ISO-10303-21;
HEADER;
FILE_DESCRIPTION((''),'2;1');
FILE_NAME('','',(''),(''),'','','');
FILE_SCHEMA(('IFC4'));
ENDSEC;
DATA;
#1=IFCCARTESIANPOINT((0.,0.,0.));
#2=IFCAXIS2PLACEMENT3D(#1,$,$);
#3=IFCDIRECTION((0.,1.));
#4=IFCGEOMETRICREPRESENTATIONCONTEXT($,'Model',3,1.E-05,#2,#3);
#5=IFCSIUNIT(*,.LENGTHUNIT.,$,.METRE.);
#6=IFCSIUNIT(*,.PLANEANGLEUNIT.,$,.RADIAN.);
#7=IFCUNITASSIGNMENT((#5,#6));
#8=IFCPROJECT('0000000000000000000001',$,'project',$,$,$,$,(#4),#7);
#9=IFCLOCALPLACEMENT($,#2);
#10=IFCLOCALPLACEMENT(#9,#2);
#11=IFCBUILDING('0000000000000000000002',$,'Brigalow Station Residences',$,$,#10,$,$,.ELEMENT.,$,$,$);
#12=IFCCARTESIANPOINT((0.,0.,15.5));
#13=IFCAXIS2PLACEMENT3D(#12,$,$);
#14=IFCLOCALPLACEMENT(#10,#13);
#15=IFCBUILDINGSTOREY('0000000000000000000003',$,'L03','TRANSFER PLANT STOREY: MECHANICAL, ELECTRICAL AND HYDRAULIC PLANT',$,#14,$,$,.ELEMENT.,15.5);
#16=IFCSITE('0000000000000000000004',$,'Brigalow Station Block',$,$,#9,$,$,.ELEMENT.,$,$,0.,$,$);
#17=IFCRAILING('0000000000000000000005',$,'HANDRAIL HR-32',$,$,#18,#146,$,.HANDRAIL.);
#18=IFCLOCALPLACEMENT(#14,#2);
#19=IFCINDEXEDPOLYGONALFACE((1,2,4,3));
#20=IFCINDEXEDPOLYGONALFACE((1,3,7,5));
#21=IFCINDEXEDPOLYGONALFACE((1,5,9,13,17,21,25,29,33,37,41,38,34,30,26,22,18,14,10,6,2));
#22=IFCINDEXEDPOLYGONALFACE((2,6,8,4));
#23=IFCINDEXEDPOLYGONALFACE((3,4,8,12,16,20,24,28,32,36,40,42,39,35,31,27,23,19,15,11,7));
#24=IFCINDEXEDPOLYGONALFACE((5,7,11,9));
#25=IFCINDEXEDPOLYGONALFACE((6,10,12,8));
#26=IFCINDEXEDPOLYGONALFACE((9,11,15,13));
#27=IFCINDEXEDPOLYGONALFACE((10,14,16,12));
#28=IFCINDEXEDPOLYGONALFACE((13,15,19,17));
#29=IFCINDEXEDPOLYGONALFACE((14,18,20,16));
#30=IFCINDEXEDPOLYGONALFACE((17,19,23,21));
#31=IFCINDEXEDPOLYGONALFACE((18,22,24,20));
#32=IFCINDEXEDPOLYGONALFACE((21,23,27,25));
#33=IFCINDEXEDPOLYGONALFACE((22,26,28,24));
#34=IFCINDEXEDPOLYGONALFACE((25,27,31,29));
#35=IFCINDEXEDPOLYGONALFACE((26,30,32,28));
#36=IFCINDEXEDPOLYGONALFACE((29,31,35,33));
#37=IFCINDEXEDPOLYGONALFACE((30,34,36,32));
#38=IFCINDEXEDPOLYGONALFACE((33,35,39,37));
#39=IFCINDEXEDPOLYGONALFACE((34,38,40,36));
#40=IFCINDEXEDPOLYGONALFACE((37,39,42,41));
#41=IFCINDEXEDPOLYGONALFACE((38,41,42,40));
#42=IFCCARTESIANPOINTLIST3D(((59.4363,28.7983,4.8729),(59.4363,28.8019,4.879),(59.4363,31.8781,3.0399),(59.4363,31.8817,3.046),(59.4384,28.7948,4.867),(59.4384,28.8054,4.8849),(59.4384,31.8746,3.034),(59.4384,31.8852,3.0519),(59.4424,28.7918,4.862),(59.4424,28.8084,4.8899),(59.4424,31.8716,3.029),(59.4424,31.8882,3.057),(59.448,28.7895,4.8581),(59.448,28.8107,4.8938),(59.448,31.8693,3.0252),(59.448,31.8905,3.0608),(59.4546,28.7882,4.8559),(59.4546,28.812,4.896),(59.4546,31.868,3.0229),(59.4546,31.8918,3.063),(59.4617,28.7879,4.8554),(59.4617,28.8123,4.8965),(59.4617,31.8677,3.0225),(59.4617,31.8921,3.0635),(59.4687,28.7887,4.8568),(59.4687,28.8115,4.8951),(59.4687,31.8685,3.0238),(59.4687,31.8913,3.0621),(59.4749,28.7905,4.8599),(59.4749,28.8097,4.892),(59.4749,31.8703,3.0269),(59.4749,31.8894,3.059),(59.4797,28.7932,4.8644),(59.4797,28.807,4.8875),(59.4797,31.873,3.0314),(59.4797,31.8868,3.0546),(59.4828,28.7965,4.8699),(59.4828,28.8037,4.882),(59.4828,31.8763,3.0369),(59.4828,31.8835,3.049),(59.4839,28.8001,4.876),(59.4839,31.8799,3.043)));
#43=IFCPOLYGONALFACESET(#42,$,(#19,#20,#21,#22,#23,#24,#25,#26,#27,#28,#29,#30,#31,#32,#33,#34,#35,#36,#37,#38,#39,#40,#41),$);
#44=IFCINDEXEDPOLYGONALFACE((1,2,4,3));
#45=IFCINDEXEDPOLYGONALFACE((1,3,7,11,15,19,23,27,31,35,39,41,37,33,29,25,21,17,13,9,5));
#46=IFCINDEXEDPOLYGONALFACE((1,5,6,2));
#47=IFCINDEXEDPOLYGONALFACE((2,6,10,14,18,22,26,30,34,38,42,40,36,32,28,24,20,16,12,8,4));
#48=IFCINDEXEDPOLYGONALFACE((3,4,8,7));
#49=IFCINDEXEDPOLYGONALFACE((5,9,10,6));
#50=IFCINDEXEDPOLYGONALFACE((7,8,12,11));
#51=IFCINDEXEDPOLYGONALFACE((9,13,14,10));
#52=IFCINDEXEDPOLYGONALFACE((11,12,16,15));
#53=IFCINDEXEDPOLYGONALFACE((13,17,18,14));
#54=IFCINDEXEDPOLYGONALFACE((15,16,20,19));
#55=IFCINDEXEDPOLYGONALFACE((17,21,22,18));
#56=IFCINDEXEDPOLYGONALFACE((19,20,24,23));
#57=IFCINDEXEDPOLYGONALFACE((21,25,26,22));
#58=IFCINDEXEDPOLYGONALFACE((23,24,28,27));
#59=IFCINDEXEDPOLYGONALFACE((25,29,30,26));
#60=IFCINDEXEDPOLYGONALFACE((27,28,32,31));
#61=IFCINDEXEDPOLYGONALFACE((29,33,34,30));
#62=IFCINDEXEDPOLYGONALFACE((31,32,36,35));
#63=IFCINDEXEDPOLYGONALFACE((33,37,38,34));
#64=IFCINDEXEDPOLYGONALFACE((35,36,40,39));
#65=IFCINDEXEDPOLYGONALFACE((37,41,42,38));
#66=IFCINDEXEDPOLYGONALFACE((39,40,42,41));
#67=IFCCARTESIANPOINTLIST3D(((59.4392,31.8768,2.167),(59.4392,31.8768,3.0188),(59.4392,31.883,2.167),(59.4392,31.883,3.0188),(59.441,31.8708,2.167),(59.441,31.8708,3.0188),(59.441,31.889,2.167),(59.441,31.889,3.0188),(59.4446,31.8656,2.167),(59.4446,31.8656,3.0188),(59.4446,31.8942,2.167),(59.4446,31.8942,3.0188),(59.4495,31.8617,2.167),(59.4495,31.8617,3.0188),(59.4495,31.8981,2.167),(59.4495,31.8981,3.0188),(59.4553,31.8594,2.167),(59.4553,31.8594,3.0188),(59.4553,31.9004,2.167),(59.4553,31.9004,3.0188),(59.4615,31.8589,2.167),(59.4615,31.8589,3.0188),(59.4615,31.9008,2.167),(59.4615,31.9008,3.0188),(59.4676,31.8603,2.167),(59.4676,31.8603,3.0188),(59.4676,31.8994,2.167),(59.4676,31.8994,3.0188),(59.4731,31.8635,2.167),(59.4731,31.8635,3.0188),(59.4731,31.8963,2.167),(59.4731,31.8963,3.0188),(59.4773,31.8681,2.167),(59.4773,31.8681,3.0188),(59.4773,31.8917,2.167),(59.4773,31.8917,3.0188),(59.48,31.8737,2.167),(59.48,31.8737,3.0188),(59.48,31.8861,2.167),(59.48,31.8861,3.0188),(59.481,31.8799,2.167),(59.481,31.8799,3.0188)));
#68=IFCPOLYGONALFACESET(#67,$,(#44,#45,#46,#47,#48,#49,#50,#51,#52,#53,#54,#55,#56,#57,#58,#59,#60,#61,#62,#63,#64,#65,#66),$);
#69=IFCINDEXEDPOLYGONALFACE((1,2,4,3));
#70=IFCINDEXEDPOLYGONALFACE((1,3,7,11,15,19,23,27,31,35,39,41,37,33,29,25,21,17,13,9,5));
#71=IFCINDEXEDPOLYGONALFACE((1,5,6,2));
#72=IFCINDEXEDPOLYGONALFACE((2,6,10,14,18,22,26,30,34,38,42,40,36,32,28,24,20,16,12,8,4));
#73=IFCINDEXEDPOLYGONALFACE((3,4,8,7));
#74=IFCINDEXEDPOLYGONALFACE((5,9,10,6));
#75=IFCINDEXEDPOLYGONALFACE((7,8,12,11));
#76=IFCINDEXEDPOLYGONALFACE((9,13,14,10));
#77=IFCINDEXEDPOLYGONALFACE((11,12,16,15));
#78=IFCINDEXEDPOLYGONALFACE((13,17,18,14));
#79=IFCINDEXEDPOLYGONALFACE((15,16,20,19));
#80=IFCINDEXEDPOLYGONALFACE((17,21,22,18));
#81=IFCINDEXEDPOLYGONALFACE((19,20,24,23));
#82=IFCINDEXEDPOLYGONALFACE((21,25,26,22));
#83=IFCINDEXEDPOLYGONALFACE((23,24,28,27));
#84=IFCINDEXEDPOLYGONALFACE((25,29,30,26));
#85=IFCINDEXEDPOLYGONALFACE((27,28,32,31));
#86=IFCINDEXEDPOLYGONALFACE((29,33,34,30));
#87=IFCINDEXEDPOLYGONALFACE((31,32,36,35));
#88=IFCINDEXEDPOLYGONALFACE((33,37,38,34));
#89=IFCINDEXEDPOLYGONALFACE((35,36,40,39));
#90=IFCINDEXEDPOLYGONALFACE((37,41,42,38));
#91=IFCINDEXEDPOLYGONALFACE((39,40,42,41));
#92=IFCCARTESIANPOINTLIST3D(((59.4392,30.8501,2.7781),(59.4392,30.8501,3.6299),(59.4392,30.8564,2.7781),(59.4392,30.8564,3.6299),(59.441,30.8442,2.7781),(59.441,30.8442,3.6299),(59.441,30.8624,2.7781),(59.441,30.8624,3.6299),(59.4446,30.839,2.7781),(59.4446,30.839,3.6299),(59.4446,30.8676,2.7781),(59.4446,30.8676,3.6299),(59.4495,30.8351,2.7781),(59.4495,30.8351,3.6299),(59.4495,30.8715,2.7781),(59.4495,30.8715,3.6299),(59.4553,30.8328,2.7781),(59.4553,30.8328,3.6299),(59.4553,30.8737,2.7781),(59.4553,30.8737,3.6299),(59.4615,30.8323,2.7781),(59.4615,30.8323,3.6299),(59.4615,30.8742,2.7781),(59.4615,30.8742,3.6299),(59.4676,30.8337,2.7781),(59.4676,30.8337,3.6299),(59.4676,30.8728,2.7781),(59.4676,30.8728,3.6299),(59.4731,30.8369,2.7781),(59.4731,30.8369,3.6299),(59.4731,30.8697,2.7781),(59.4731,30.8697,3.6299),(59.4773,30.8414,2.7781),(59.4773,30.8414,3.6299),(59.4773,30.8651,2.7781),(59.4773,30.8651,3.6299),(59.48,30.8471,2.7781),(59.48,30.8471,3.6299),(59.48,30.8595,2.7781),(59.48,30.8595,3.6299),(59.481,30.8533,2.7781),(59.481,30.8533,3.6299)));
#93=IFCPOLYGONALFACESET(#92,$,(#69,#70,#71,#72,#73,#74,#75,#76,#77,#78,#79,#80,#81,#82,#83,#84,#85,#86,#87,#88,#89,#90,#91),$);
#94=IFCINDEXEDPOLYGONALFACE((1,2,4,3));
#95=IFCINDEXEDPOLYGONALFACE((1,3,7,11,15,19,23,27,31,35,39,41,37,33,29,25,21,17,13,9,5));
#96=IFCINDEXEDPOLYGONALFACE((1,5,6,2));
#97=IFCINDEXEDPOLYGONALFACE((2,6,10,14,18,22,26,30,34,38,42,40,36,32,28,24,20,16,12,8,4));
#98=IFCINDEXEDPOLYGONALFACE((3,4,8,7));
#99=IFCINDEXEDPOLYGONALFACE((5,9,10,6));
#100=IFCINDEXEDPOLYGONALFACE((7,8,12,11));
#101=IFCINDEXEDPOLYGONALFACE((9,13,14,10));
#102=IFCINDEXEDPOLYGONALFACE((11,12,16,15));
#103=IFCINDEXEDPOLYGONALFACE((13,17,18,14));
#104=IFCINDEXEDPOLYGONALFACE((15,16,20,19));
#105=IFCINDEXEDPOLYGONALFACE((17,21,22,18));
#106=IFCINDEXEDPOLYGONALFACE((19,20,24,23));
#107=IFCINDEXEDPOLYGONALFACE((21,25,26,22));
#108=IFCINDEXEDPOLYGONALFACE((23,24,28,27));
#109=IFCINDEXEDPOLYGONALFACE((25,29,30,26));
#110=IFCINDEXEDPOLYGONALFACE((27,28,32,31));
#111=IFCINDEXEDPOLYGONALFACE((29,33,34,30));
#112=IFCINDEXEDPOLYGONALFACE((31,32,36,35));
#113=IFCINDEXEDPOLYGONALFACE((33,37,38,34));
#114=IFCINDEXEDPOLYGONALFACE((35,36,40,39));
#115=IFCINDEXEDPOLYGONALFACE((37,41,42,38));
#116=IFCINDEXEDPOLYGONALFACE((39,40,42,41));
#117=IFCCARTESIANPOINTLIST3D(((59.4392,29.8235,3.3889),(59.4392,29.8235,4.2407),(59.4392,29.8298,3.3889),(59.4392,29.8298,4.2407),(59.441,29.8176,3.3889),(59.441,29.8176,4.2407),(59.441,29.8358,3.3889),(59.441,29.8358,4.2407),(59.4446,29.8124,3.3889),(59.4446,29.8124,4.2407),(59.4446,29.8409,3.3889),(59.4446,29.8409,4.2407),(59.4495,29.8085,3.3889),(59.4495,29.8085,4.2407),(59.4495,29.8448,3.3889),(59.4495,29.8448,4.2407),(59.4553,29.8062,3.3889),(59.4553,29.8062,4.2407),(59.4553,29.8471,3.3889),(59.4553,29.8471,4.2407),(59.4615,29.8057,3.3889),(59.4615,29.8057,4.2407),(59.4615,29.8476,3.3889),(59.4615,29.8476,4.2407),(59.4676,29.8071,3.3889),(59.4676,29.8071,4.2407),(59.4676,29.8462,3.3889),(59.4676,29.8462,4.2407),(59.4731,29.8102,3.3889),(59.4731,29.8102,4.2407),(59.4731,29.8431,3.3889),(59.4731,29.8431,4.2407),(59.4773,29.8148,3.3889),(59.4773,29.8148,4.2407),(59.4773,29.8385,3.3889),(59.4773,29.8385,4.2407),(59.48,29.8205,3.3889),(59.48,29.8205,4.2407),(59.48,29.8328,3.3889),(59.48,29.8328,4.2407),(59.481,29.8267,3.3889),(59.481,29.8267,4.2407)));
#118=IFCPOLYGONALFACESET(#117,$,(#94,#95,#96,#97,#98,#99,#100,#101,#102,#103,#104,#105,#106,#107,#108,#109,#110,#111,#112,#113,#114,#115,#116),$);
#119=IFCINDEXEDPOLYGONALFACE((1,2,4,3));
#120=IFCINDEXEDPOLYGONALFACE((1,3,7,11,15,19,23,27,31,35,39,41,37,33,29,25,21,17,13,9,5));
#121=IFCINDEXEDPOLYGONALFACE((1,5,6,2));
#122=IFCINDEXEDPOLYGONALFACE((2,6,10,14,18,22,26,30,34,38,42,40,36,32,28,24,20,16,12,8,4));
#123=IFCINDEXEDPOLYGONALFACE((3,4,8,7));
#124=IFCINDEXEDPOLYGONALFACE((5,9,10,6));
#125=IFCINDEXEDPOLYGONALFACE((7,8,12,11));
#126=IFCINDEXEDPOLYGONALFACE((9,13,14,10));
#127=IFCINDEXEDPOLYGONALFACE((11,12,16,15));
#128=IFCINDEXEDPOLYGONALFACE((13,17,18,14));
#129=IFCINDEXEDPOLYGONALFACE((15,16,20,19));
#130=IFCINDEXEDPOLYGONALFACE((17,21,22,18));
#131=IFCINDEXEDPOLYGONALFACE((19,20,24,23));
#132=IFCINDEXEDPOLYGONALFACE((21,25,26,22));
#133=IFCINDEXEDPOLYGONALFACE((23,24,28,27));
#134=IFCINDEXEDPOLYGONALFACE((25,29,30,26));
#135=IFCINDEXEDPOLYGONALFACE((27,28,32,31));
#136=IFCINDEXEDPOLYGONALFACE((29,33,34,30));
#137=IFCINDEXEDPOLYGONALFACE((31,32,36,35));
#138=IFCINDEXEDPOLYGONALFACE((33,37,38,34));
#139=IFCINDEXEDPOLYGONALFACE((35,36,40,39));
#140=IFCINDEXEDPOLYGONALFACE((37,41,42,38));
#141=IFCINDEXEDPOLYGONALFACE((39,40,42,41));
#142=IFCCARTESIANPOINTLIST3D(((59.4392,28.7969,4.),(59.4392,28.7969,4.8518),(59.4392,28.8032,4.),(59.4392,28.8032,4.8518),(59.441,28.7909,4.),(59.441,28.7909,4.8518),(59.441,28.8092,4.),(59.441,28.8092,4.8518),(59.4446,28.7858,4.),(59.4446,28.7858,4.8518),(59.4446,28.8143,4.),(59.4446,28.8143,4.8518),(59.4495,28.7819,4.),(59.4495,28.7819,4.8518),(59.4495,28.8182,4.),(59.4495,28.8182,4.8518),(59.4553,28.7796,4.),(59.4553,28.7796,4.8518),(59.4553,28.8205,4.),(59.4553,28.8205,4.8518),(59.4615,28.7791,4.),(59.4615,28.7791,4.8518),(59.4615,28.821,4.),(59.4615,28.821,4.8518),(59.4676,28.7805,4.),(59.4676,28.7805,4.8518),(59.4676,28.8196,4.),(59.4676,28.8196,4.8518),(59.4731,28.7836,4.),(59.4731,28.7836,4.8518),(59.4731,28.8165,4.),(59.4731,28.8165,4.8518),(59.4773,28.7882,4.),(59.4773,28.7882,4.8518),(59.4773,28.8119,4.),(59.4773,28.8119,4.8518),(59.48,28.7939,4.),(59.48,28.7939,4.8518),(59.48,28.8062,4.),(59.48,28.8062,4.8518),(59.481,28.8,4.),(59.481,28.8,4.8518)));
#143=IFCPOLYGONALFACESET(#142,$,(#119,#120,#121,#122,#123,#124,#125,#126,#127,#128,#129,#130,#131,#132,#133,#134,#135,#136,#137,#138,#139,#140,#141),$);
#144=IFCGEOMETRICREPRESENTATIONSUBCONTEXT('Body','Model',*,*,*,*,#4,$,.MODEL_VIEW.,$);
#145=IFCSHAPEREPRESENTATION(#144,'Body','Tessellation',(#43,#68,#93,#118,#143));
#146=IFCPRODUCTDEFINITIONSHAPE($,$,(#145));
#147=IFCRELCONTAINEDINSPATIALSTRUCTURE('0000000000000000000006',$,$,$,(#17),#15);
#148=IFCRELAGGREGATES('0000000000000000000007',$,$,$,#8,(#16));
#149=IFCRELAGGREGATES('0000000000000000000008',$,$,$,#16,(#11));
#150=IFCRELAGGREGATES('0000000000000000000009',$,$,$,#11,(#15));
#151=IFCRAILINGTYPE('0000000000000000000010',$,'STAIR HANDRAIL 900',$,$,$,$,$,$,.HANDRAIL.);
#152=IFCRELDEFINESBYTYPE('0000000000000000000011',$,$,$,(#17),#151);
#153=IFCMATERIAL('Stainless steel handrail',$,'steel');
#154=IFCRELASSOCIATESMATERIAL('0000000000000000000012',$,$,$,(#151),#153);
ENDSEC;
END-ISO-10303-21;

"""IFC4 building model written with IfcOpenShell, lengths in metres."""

from ifc_helpers import new_model, si_unit, direction, frame, origin, origin_2d, place, context, subcontext, project, spatial, circle, extrude, material, type_object, element, save


model = new_model("IFC4")

# Units and contexts
model_context = context("Model", 3, precision=1e-05, world=origin(), true_north=direction((0.0, 1.0)))
body_context = subcontext(model_context, "Body", "Model", "MODEL_VIEW")
ifc_project = project(units=[si_unit("LENGTHUNIT", "METRE"), si_unit("PLANEANGLEUNIT", "RADIAN")], contexts=[model_context])

# Site, building, storey
site_placement = place(None, origin())
site = spatial("IfcSite", under=ifc_project, at=site_placement, Name="Brigalow Station Block", CompositionType="ELEMENT", RefElevation=0.0)
building_placement = place(site_placement, origin())
building = spatial("IfcBuilding", under=site, at=building_placement, Name="Brigalow Station Residences", CompositionType="ELEMENT")
storey_placement = place(building_placement, frame((0.0, 0.0, 15.5)))
storey = spatial("IfcBuildingStorey", under=building, at=storey_placement, Name="L03", Description="TRANSFER PLANT STOREY: MECHANICAL, ELECTRICAL AND HYDRAULIC PLANT", CompositionType="ELEMENT", Elevation=15.5)

# Railing
ifc_material_1 = material(Name="Stainless steel handrail", Category="steel")
railing_type_1 = type_object("IfcRailingType", Name="STAIR HANDRAIL 900", PredefinedType="HANDRAIL", material=ifc_material_1)
railing_1_placement = place(storey_placement, frame((59.46, 31.8799, 2.167)))
element("IfcRailing", 1, at=railing_1_placement, inside=storey, type_object=railing_type_1, Name="HANDRAIL HR-32", PredefinedType="HANDRAIL", context=body_context, shape_type="SweptSolid", body=[
    extrude(circle(Radius=0.0239, at=origin_2d()), frame((0.0, 0.0, 0.876), z_axis=(0.0, -0.859321, 0.511437), x_axis=(1.0, 0.0, 0.0)), (0.0, 0.0, 1.0), 3.584),
    extrude(circle(Radius=0.021, at=origin_2d()), origin(), (0.0, 0.0, 1.0), 0.8518),
    extrude(circle(Radius=0.021, at=origin_2d()), frame((0.0, -1.0266, 0.6111)), (0.0, 0.0, 1.0), 0.8518),
    extrude(circle(Radius=0.021, at=origin_2d()), frame((0.0, -2.0532, 1.2219)), (0.0, 0.0, 1.0), 0.8518),
    extrude(circle(Radius=0.021, at=origin_2d()), frame((0.0, -3.0798, 1.833)), (0.0, 0.0, 1.0), 0.8518),
])

save(model, "model.ifc")
